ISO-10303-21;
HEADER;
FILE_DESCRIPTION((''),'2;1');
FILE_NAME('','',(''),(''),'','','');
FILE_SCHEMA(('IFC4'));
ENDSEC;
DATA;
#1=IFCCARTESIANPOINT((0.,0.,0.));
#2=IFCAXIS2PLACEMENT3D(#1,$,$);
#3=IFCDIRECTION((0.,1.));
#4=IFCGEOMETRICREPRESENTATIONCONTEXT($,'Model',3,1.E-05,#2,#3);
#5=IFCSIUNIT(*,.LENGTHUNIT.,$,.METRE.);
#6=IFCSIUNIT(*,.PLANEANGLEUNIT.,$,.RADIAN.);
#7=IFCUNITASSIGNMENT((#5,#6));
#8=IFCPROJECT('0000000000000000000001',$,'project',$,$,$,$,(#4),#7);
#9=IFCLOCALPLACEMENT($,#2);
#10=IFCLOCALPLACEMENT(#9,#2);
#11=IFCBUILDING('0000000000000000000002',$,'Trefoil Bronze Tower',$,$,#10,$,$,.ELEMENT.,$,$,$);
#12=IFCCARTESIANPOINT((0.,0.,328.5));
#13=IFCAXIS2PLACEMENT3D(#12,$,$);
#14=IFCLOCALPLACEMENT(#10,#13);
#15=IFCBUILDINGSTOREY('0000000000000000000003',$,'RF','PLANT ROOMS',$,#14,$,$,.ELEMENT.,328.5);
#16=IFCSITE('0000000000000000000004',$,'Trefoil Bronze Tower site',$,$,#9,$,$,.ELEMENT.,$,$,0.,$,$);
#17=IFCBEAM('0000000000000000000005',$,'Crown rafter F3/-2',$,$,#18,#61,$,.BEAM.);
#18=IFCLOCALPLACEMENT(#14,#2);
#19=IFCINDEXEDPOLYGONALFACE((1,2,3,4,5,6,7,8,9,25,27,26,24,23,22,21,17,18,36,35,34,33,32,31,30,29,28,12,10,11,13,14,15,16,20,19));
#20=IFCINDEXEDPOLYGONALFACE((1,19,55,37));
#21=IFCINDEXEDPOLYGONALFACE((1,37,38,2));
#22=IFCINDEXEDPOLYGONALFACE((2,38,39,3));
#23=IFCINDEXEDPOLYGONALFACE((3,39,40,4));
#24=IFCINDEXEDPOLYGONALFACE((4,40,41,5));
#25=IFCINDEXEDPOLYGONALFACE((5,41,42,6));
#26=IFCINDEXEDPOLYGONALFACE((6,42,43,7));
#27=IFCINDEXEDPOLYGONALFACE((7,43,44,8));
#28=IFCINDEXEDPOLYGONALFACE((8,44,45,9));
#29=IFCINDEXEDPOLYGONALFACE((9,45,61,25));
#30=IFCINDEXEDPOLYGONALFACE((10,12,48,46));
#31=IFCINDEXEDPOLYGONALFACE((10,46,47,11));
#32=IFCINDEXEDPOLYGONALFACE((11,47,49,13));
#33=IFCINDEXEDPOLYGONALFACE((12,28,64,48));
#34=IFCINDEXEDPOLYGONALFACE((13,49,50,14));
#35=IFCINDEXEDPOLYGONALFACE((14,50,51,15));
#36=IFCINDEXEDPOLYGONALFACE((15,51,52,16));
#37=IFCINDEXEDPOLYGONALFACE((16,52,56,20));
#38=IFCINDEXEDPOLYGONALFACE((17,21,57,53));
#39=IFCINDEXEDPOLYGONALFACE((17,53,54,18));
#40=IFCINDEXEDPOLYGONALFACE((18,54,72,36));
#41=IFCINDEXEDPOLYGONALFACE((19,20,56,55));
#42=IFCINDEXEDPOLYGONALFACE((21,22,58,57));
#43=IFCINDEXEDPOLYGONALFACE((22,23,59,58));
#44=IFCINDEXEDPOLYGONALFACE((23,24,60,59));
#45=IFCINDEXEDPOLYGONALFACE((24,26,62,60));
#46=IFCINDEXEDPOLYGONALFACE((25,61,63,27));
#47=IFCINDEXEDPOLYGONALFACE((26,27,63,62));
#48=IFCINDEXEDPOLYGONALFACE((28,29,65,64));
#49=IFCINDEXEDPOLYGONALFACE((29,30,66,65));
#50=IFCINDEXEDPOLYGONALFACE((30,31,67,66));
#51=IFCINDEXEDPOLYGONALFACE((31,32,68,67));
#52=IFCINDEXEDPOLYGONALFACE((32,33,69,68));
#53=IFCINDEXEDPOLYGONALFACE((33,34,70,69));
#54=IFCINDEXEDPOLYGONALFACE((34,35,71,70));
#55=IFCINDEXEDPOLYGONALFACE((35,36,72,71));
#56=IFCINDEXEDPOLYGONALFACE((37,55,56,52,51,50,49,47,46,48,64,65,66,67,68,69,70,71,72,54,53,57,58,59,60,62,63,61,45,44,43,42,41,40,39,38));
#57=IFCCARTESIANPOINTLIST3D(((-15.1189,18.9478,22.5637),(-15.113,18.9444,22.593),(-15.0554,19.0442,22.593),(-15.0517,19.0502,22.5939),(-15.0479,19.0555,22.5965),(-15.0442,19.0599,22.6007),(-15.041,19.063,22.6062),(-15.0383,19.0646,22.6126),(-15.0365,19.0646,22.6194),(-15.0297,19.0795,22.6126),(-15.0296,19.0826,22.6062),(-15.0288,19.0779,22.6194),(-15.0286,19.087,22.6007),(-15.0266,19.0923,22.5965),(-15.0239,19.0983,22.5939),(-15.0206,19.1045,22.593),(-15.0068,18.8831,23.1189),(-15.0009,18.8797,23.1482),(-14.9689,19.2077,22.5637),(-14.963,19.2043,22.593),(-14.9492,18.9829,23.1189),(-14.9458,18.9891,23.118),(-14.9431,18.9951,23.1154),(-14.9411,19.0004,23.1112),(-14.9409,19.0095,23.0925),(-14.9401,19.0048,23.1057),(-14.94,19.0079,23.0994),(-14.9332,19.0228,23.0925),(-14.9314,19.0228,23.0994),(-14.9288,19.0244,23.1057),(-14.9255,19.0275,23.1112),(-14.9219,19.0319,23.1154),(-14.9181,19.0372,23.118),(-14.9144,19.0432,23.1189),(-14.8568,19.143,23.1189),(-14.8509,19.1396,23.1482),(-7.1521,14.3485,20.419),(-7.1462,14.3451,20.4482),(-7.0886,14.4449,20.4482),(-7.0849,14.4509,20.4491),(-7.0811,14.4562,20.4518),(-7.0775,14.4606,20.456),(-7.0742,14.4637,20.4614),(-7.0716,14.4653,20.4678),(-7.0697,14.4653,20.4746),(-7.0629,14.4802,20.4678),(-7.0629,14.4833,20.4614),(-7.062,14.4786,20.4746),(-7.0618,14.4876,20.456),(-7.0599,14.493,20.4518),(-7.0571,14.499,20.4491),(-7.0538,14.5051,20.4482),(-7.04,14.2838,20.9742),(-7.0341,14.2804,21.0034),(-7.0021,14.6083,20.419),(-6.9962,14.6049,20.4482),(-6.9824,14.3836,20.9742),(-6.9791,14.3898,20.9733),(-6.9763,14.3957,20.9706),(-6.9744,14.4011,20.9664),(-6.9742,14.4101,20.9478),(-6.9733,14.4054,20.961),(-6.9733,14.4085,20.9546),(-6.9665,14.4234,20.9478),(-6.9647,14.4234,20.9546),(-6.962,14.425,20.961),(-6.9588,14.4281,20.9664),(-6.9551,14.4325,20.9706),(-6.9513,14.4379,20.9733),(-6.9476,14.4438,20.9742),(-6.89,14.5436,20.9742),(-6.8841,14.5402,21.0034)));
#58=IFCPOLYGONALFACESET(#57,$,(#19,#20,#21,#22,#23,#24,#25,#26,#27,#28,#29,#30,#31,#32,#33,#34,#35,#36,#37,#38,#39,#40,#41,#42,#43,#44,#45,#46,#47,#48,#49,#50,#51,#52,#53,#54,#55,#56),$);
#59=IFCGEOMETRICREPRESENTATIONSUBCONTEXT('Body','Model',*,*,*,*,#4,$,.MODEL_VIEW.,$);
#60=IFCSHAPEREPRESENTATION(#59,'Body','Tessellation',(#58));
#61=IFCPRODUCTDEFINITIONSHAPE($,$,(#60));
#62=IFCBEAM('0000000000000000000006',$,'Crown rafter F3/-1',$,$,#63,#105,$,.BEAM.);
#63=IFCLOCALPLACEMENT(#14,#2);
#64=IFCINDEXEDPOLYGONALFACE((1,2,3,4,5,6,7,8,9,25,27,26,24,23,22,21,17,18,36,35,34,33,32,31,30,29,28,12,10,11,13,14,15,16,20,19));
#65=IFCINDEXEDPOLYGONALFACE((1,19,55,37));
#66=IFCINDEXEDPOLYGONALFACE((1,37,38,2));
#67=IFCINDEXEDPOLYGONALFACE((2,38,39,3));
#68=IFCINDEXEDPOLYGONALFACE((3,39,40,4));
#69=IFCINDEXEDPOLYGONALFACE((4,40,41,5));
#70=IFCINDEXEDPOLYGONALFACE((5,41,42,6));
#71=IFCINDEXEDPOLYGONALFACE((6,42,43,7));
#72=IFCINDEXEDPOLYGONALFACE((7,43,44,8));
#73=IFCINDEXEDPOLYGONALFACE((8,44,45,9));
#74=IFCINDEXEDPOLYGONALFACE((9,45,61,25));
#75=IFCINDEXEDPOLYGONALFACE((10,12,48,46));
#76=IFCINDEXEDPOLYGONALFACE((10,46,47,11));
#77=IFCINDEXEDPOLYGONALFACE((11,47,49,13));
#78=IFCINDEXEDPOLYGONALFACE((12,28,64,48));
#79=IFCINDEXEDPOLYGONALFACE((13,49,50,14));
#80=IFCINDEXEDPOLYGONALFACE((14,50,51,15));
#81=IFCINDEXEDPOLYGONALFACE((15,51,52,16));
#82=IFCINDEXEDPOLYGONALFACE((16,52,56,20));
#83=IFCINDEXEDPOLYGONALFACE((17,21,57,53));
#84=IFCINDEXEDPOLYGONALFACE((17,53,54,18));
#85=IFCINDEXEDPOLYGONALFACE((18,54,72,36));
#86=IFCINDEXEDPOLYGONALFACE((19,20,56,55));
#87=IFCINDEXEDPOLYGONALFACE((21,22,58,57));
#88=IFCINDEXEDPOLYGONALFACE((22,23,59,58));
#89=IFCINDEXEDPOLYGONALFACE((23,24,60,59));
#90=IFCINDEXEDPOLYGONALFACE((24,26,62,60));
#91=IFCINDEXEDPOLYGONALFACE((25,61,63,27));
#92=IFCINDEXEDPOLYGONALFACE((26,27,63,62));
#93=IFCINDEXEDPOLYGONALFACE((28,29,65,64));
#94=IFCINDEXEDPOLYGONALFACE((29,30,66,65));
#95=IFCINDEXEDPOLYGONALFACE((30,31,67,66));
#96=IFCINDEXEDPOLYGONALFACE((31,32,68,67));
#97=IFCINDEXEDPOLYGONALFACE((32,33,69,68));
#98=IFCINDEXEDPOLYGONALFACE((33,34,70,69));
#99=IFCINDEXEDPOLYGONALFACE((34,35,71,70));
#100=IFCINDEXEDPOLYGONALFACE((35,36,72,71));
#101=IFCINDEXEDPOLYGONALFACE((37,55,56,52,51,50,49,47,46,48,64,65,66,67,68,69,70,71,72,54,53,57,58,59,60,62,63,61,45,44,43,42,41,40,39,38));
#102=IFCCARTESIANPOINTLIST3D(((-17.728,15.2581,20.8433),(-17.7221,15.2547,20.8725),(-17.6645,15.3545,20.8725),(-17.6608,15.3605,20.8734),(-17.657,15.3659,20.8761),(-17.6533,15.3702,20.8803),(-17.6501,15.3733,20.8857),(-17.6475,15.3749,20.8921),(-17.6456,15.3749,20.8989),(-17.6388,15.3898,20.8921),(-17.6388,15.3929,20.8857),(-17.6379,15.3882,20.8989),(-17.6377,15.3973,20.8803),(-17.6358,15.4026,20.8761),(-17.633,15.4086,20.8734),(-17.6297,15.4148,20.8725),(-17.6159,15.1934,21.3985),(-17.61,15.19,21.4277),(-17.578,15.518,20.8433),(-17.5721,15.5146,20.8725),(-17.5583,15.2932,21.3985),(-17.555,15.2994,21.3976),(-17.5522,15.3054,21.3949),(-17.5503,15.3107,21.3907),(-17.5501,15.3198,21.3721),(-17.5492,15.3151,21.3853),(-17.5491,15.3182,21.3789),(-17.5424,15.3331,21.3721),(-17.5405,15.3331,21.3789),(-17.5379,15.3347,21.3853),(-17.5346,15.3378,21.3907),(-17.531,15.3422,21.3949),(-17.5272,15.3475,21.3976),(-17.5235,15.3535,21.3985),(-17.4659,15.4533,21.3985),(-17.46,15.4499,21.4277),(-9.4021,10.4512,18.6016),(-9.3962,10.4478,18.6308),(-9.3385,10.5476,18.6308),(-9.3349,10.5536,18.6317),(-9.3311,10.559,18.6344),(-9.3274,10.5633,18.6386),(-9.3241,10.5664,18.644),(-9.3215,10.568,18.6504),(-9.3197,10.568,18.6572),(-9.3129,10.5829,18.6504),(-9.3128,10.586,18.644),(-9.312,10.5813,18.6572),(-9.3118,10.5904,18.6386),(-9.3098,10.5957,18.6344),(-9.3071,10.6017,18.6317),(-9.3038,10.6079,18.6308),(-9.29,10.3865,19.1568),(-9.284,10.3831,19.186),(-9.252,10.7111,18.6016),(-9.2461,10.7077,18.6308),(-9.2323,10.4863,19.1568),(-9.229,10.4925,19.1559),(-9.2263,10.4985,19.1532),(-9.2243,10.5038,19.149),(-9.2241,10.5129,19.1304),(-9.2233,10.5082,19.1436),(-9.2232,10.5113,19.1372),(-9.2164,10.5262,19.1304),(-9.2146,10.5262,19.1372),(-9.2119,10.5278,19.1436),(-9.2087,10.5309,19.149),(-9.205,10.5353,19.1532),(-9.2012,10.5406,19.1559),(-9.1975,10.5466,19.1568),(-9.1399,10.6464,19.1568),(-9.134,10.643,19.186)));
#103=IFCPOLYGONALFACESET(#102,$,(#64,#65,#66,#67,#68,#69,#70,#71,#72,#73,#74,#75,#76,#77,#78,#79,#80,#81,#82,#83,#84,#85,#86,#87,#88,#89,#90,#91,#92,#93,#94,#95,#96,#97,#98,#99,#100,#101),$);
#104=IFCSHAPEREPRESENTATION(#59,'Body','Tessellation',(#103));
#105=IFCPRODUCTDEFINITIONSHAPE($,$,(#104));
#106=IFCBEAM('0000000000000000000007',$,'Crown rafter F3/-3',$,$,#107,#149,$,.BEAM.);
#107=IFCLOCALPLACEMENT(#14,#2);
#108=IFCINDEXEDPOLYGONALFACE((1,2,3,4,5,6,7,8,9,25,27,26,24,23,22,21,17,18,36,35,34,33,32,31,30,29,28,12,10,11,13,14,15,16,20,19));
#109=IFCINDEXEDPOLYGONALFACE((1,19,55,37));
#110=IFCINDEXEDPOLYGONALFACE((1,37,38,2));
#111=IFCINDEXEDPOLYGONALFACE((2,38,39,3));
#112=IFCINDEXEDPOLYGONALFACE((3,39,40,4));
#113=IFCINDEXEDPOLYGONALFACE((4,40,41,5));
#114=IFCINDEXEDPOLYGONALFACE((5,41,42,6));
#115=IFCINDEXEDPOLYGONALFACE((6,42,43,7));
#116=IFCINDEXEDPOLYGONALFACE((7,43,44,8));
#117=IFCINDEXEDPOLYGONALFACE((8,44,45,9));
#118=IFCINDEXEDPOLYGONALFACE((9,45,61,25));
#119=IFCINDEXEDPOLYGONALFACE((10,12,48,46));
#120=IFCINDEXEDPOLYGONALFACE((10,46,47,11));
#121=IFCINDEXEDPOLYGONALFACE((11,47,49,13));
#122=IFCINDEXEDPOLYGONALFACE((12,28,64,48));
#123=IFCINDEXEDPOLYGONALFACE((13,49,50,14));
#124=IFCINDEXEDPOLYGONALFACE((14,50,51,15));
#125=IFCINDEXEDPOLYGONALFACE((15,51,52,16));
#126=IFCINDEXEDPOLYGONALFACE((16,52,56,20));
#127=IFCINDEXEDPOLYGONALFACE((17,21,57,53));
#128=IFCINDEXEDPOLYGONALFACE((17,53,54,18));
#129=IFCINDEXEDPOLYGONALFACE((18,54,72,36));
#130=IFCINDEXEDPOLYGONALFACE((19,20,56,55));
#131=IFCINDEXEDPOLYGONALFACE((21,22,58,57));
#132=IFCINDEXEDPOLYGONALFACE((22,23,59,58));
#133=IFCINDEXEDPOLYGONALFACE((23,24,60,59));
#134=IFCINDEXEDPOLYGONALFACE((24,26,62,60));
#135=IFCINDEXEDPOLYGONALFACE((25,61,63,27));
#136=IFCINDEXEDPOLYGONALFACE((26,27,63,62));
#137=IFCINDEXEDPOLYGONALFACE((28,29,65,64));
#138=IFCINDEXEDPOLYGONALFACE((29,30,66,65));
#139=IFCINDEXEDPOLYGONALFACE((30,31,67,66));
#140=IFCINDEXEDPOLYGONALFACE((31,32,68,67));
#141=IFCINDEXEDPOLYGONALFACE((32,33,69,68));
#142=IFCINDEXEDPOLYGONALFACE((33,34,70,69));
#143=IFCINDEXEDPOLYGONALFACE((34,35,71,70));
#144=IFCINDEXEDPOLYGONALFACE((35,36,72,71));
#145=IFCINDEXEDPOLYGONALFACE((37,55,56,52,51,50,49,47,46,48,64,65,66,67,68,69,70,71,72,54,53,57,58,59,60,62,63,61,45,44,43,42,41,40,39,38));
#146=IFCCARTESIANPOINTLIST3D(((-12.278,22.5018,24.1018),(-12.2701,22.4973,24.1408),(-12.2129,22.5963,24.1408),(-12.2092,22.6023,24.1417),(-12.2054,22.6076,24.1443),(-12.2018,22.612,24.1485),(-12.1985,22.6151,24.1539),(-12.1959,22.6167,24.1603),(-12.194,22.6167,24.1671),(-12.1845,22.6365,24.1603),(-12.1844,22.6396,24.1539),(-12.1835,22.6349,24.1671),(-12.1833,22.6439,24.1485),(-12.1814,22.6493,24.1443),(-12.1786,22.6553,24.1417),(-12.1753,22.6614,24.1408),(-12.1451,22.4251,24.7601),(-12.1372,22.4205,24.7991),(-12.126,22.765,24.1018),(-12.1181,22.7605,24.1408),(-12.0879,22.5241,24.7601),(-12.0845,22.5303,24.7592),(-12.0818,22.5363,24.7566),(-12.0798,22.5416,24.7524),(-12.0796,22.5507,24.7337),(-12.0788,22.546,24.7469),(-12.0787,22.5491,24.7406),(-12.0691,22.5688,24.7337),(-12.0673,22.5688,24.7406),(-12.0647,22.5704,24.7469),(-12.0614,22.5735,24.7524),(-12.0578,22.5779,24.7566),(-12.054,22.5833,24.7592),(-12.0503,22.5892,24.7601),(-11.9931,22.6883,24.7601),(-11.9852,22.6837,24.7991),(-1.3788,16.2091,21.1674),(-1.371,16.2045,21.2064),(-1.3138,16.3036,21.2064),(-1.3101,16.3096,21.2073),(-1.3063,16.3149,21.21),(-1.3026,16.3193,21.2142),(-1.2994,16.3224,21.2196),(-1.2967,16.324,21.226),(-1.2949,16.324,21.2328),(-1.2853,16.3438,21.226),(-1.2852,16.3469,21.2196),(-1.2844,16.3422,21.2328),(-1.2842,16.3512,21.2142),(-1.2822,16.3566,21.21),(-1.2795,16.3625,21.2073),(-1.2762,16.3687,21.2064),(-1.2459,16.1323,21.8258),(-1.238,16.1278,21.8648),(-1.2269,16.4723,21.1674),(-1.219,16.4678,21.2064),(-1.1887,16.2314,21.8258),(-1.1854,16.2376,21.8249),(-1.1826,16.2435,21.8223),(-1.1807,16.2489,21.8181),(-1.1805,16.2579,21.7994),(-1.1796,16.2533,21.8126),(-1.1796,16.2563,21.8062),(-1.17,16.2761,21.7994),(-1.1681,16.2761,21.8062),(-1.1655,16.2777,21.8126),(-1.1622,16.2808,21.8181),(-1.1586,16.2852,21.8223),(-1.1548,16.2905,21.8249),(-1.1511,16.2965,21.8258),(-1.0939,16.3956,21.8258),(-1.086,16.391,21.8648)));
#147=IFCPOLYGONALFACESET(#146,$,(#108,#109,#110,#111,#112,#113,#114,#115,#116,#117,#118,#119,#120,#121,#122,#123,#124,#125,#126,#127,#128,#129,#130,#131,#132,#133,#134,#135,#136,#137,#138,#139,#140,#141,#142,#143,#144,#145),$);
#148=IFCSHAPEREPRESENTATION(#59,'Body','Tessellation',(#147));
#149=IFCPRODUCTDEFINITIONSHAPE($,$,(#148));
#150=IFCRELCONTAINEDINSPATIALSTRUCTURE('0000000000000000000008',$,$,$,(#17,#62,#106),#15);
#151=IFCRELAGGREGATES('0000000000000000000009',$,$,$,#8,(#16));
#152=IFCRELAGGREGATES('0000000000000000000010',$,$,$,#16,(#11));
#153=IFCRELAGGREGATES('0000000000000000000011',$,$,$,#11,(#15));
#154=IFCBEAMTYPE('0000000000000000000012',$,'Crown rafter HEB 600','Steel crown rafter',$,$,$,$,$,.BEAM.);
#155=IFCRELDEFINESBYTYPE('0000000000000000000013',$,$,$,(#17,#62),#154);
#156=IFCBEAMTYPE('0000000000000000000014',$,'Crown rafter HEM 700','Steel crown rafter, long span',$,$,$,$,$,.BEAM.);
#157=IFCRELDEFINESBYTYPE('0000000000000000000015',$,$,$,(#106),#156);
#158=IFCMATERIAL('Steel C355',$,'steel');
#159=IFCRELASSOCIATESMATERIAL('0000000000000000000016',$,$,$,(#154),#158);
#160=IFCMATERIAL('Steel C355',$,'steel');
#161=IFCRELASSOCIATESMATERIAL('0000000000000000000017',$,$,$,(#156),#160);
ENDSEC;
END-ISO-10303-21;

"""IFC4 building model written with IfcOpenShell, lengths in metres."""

from ifc_helpers import new_model, si_unit, direction, frame, origin, origin_2d, place, context, subcontext, project, spatial, i_section, extrude, material, material_profile, profile_set, type_object, element, save


model = new_model("IFC4")

# Units and contexts
model_context = context("Model", 3, precision=1e-05, world=origin(), true_north=direction((0.0, 1.0)))
body_context = subcontext(model_context, "Body", "Model", "MODEL_VIEW")
ifc_project = project(units=[si_unit("LENGTHUNIT", "METRE"), si_unit("PLANEANGLEUNIT", "RADIAN")], contexts=[model_context])

# Site, building, storey
site_placement = place(None, origin())
site = spatial("IfcSite", under=ifc_project, at=site_placement, Name="Trefoil Bronze Tower site", CompositionType="ELEMENT", RefElevation=0.0)
building_placement = place(site_placement, origin())
building = spatial("IfcBuilding", under=site, at=building_placement, Name="Trefoil Bronze Tower", CompositionType="ELEMENT")
storey_placement = place(building_placement, frame((0.0, 0.0, 328.5)))
storey = spatial("IfcBuildingStorey", under=building, at=storey_placement, Name="RF", Description="PLANT ROOMS", CompositionType="ELEMENT", Elevation=328.5)

# Beams
ifc_material_1 = material(Name="Steel C355", Category="steel")
ifc_material_profile_1 = material_profile(ifc_material_1, i_section(OverallWidth=0.3, OverallDepth=0.6001, WebThickness=0.0154, FlangeThickness=0.03, FilletRadius=0.0271, at=origin_2d()), Name="HEB 600")
ifc_profile_set_1 = profile_set([ifc_material_profile_1], Name="Steel C355")
beam_type_1 = type_object("IfcBeamType", Name="Crown rafter HEB 600", Description="Steel crown rafter", PredefinedType="BEAM", material=ifc_profile_set_1)
beam_1_placement = place(storey_placement, frame((-14.9849, 19.0437, 22.856), z_axis=(0.843418, -0.486919, -0.22706), x_axis=(0.499978, 0.866038, 0.0)))
element("IfcBeam", 1, at=beam_1_placement, inside=storey, type_object=beam_type_1, Name="Crown rafter F3/-2", PredefinedType="BEAM", context=body_context, shape_type="SweptSolid", body=[
    extrude(i_section(OverallWidth=0.3, OverallDepth=0.6001, WebThickness=0.0154, FlangeThickness=0.03, FilletRadius=0.0271, at=origin_2d()), origin(), (0.0, 0.0, 1.0), 9.4458),
])
beam_2_placement = place(storey_placement, frame((-17.594, 15.354, 21.1355), z_axis=(0.843405, -0.486931, -0.227081), x_axis=(0.499993, 0.86603, 0.0)))
element("IfcBeam", 2, at=beam_2_placement, inside=storey, type_object=beam_type_1, Name="Crown rafter F3/-1", PredefinedType="BEAM", context=body_context, shape_type="SweptSolid", body=[
    extrude(i_section(OverallWidth=0.3, OverallDepth=0.6001, WebThickness=0.0154, FlangeThickness=0.03, FilletRadius=0.0271, at=origin_2d()), origin(), (0.0, 0.0, 1.0), 9.8718),
])
ifc_material_2 = material(Name="Steel C355", Category="steel")
ifc_material_profile_2 = material_profile(ifc_material_2, i_section(OverallWidth=0.304, OverallDepth=0.7161, WebThickness=0.021, FlangeThickness=0.04, FilletRadius=0.0271, at=origin_2d()), Name="HEM 700")
ifc_profile_set_2 = profile_set([ifc_material_profile_2], Name="Steel C355")
beam_type_2 = type_object("IfcBeamType", Name="Crown rafter HEM 700", Description="Steel crown rafter, long span", PredefinedType="BEAM", material=ifc_profile_set_2)
beam_3_placement = place(storey_placement, frame((-12.1316, 22.5928, 24.4504), z_axis=(0.843402, -0.486945, -0.227065), x_axis=(0.500005, 0.866022, 0.0)))
element("IfcBeam", 3, at=beam_3_placement, inside=storey, type_object=beam_type_2, Name="Crown rafter F3/-3", PredefinedType="BEAM", context=body_context, shape_type="SweptSolid", body=[
    extrude(i_section(OverallWidth=0.304, OverallDepth=0.7161, WebThickness=0.021, FlangeThickness=0.04, FilletRadius=0.0271, at=origin_2d()), origin(), (0.0, 0.0, 1.0), 12.9229),
])

save(model, "model.ifc")
